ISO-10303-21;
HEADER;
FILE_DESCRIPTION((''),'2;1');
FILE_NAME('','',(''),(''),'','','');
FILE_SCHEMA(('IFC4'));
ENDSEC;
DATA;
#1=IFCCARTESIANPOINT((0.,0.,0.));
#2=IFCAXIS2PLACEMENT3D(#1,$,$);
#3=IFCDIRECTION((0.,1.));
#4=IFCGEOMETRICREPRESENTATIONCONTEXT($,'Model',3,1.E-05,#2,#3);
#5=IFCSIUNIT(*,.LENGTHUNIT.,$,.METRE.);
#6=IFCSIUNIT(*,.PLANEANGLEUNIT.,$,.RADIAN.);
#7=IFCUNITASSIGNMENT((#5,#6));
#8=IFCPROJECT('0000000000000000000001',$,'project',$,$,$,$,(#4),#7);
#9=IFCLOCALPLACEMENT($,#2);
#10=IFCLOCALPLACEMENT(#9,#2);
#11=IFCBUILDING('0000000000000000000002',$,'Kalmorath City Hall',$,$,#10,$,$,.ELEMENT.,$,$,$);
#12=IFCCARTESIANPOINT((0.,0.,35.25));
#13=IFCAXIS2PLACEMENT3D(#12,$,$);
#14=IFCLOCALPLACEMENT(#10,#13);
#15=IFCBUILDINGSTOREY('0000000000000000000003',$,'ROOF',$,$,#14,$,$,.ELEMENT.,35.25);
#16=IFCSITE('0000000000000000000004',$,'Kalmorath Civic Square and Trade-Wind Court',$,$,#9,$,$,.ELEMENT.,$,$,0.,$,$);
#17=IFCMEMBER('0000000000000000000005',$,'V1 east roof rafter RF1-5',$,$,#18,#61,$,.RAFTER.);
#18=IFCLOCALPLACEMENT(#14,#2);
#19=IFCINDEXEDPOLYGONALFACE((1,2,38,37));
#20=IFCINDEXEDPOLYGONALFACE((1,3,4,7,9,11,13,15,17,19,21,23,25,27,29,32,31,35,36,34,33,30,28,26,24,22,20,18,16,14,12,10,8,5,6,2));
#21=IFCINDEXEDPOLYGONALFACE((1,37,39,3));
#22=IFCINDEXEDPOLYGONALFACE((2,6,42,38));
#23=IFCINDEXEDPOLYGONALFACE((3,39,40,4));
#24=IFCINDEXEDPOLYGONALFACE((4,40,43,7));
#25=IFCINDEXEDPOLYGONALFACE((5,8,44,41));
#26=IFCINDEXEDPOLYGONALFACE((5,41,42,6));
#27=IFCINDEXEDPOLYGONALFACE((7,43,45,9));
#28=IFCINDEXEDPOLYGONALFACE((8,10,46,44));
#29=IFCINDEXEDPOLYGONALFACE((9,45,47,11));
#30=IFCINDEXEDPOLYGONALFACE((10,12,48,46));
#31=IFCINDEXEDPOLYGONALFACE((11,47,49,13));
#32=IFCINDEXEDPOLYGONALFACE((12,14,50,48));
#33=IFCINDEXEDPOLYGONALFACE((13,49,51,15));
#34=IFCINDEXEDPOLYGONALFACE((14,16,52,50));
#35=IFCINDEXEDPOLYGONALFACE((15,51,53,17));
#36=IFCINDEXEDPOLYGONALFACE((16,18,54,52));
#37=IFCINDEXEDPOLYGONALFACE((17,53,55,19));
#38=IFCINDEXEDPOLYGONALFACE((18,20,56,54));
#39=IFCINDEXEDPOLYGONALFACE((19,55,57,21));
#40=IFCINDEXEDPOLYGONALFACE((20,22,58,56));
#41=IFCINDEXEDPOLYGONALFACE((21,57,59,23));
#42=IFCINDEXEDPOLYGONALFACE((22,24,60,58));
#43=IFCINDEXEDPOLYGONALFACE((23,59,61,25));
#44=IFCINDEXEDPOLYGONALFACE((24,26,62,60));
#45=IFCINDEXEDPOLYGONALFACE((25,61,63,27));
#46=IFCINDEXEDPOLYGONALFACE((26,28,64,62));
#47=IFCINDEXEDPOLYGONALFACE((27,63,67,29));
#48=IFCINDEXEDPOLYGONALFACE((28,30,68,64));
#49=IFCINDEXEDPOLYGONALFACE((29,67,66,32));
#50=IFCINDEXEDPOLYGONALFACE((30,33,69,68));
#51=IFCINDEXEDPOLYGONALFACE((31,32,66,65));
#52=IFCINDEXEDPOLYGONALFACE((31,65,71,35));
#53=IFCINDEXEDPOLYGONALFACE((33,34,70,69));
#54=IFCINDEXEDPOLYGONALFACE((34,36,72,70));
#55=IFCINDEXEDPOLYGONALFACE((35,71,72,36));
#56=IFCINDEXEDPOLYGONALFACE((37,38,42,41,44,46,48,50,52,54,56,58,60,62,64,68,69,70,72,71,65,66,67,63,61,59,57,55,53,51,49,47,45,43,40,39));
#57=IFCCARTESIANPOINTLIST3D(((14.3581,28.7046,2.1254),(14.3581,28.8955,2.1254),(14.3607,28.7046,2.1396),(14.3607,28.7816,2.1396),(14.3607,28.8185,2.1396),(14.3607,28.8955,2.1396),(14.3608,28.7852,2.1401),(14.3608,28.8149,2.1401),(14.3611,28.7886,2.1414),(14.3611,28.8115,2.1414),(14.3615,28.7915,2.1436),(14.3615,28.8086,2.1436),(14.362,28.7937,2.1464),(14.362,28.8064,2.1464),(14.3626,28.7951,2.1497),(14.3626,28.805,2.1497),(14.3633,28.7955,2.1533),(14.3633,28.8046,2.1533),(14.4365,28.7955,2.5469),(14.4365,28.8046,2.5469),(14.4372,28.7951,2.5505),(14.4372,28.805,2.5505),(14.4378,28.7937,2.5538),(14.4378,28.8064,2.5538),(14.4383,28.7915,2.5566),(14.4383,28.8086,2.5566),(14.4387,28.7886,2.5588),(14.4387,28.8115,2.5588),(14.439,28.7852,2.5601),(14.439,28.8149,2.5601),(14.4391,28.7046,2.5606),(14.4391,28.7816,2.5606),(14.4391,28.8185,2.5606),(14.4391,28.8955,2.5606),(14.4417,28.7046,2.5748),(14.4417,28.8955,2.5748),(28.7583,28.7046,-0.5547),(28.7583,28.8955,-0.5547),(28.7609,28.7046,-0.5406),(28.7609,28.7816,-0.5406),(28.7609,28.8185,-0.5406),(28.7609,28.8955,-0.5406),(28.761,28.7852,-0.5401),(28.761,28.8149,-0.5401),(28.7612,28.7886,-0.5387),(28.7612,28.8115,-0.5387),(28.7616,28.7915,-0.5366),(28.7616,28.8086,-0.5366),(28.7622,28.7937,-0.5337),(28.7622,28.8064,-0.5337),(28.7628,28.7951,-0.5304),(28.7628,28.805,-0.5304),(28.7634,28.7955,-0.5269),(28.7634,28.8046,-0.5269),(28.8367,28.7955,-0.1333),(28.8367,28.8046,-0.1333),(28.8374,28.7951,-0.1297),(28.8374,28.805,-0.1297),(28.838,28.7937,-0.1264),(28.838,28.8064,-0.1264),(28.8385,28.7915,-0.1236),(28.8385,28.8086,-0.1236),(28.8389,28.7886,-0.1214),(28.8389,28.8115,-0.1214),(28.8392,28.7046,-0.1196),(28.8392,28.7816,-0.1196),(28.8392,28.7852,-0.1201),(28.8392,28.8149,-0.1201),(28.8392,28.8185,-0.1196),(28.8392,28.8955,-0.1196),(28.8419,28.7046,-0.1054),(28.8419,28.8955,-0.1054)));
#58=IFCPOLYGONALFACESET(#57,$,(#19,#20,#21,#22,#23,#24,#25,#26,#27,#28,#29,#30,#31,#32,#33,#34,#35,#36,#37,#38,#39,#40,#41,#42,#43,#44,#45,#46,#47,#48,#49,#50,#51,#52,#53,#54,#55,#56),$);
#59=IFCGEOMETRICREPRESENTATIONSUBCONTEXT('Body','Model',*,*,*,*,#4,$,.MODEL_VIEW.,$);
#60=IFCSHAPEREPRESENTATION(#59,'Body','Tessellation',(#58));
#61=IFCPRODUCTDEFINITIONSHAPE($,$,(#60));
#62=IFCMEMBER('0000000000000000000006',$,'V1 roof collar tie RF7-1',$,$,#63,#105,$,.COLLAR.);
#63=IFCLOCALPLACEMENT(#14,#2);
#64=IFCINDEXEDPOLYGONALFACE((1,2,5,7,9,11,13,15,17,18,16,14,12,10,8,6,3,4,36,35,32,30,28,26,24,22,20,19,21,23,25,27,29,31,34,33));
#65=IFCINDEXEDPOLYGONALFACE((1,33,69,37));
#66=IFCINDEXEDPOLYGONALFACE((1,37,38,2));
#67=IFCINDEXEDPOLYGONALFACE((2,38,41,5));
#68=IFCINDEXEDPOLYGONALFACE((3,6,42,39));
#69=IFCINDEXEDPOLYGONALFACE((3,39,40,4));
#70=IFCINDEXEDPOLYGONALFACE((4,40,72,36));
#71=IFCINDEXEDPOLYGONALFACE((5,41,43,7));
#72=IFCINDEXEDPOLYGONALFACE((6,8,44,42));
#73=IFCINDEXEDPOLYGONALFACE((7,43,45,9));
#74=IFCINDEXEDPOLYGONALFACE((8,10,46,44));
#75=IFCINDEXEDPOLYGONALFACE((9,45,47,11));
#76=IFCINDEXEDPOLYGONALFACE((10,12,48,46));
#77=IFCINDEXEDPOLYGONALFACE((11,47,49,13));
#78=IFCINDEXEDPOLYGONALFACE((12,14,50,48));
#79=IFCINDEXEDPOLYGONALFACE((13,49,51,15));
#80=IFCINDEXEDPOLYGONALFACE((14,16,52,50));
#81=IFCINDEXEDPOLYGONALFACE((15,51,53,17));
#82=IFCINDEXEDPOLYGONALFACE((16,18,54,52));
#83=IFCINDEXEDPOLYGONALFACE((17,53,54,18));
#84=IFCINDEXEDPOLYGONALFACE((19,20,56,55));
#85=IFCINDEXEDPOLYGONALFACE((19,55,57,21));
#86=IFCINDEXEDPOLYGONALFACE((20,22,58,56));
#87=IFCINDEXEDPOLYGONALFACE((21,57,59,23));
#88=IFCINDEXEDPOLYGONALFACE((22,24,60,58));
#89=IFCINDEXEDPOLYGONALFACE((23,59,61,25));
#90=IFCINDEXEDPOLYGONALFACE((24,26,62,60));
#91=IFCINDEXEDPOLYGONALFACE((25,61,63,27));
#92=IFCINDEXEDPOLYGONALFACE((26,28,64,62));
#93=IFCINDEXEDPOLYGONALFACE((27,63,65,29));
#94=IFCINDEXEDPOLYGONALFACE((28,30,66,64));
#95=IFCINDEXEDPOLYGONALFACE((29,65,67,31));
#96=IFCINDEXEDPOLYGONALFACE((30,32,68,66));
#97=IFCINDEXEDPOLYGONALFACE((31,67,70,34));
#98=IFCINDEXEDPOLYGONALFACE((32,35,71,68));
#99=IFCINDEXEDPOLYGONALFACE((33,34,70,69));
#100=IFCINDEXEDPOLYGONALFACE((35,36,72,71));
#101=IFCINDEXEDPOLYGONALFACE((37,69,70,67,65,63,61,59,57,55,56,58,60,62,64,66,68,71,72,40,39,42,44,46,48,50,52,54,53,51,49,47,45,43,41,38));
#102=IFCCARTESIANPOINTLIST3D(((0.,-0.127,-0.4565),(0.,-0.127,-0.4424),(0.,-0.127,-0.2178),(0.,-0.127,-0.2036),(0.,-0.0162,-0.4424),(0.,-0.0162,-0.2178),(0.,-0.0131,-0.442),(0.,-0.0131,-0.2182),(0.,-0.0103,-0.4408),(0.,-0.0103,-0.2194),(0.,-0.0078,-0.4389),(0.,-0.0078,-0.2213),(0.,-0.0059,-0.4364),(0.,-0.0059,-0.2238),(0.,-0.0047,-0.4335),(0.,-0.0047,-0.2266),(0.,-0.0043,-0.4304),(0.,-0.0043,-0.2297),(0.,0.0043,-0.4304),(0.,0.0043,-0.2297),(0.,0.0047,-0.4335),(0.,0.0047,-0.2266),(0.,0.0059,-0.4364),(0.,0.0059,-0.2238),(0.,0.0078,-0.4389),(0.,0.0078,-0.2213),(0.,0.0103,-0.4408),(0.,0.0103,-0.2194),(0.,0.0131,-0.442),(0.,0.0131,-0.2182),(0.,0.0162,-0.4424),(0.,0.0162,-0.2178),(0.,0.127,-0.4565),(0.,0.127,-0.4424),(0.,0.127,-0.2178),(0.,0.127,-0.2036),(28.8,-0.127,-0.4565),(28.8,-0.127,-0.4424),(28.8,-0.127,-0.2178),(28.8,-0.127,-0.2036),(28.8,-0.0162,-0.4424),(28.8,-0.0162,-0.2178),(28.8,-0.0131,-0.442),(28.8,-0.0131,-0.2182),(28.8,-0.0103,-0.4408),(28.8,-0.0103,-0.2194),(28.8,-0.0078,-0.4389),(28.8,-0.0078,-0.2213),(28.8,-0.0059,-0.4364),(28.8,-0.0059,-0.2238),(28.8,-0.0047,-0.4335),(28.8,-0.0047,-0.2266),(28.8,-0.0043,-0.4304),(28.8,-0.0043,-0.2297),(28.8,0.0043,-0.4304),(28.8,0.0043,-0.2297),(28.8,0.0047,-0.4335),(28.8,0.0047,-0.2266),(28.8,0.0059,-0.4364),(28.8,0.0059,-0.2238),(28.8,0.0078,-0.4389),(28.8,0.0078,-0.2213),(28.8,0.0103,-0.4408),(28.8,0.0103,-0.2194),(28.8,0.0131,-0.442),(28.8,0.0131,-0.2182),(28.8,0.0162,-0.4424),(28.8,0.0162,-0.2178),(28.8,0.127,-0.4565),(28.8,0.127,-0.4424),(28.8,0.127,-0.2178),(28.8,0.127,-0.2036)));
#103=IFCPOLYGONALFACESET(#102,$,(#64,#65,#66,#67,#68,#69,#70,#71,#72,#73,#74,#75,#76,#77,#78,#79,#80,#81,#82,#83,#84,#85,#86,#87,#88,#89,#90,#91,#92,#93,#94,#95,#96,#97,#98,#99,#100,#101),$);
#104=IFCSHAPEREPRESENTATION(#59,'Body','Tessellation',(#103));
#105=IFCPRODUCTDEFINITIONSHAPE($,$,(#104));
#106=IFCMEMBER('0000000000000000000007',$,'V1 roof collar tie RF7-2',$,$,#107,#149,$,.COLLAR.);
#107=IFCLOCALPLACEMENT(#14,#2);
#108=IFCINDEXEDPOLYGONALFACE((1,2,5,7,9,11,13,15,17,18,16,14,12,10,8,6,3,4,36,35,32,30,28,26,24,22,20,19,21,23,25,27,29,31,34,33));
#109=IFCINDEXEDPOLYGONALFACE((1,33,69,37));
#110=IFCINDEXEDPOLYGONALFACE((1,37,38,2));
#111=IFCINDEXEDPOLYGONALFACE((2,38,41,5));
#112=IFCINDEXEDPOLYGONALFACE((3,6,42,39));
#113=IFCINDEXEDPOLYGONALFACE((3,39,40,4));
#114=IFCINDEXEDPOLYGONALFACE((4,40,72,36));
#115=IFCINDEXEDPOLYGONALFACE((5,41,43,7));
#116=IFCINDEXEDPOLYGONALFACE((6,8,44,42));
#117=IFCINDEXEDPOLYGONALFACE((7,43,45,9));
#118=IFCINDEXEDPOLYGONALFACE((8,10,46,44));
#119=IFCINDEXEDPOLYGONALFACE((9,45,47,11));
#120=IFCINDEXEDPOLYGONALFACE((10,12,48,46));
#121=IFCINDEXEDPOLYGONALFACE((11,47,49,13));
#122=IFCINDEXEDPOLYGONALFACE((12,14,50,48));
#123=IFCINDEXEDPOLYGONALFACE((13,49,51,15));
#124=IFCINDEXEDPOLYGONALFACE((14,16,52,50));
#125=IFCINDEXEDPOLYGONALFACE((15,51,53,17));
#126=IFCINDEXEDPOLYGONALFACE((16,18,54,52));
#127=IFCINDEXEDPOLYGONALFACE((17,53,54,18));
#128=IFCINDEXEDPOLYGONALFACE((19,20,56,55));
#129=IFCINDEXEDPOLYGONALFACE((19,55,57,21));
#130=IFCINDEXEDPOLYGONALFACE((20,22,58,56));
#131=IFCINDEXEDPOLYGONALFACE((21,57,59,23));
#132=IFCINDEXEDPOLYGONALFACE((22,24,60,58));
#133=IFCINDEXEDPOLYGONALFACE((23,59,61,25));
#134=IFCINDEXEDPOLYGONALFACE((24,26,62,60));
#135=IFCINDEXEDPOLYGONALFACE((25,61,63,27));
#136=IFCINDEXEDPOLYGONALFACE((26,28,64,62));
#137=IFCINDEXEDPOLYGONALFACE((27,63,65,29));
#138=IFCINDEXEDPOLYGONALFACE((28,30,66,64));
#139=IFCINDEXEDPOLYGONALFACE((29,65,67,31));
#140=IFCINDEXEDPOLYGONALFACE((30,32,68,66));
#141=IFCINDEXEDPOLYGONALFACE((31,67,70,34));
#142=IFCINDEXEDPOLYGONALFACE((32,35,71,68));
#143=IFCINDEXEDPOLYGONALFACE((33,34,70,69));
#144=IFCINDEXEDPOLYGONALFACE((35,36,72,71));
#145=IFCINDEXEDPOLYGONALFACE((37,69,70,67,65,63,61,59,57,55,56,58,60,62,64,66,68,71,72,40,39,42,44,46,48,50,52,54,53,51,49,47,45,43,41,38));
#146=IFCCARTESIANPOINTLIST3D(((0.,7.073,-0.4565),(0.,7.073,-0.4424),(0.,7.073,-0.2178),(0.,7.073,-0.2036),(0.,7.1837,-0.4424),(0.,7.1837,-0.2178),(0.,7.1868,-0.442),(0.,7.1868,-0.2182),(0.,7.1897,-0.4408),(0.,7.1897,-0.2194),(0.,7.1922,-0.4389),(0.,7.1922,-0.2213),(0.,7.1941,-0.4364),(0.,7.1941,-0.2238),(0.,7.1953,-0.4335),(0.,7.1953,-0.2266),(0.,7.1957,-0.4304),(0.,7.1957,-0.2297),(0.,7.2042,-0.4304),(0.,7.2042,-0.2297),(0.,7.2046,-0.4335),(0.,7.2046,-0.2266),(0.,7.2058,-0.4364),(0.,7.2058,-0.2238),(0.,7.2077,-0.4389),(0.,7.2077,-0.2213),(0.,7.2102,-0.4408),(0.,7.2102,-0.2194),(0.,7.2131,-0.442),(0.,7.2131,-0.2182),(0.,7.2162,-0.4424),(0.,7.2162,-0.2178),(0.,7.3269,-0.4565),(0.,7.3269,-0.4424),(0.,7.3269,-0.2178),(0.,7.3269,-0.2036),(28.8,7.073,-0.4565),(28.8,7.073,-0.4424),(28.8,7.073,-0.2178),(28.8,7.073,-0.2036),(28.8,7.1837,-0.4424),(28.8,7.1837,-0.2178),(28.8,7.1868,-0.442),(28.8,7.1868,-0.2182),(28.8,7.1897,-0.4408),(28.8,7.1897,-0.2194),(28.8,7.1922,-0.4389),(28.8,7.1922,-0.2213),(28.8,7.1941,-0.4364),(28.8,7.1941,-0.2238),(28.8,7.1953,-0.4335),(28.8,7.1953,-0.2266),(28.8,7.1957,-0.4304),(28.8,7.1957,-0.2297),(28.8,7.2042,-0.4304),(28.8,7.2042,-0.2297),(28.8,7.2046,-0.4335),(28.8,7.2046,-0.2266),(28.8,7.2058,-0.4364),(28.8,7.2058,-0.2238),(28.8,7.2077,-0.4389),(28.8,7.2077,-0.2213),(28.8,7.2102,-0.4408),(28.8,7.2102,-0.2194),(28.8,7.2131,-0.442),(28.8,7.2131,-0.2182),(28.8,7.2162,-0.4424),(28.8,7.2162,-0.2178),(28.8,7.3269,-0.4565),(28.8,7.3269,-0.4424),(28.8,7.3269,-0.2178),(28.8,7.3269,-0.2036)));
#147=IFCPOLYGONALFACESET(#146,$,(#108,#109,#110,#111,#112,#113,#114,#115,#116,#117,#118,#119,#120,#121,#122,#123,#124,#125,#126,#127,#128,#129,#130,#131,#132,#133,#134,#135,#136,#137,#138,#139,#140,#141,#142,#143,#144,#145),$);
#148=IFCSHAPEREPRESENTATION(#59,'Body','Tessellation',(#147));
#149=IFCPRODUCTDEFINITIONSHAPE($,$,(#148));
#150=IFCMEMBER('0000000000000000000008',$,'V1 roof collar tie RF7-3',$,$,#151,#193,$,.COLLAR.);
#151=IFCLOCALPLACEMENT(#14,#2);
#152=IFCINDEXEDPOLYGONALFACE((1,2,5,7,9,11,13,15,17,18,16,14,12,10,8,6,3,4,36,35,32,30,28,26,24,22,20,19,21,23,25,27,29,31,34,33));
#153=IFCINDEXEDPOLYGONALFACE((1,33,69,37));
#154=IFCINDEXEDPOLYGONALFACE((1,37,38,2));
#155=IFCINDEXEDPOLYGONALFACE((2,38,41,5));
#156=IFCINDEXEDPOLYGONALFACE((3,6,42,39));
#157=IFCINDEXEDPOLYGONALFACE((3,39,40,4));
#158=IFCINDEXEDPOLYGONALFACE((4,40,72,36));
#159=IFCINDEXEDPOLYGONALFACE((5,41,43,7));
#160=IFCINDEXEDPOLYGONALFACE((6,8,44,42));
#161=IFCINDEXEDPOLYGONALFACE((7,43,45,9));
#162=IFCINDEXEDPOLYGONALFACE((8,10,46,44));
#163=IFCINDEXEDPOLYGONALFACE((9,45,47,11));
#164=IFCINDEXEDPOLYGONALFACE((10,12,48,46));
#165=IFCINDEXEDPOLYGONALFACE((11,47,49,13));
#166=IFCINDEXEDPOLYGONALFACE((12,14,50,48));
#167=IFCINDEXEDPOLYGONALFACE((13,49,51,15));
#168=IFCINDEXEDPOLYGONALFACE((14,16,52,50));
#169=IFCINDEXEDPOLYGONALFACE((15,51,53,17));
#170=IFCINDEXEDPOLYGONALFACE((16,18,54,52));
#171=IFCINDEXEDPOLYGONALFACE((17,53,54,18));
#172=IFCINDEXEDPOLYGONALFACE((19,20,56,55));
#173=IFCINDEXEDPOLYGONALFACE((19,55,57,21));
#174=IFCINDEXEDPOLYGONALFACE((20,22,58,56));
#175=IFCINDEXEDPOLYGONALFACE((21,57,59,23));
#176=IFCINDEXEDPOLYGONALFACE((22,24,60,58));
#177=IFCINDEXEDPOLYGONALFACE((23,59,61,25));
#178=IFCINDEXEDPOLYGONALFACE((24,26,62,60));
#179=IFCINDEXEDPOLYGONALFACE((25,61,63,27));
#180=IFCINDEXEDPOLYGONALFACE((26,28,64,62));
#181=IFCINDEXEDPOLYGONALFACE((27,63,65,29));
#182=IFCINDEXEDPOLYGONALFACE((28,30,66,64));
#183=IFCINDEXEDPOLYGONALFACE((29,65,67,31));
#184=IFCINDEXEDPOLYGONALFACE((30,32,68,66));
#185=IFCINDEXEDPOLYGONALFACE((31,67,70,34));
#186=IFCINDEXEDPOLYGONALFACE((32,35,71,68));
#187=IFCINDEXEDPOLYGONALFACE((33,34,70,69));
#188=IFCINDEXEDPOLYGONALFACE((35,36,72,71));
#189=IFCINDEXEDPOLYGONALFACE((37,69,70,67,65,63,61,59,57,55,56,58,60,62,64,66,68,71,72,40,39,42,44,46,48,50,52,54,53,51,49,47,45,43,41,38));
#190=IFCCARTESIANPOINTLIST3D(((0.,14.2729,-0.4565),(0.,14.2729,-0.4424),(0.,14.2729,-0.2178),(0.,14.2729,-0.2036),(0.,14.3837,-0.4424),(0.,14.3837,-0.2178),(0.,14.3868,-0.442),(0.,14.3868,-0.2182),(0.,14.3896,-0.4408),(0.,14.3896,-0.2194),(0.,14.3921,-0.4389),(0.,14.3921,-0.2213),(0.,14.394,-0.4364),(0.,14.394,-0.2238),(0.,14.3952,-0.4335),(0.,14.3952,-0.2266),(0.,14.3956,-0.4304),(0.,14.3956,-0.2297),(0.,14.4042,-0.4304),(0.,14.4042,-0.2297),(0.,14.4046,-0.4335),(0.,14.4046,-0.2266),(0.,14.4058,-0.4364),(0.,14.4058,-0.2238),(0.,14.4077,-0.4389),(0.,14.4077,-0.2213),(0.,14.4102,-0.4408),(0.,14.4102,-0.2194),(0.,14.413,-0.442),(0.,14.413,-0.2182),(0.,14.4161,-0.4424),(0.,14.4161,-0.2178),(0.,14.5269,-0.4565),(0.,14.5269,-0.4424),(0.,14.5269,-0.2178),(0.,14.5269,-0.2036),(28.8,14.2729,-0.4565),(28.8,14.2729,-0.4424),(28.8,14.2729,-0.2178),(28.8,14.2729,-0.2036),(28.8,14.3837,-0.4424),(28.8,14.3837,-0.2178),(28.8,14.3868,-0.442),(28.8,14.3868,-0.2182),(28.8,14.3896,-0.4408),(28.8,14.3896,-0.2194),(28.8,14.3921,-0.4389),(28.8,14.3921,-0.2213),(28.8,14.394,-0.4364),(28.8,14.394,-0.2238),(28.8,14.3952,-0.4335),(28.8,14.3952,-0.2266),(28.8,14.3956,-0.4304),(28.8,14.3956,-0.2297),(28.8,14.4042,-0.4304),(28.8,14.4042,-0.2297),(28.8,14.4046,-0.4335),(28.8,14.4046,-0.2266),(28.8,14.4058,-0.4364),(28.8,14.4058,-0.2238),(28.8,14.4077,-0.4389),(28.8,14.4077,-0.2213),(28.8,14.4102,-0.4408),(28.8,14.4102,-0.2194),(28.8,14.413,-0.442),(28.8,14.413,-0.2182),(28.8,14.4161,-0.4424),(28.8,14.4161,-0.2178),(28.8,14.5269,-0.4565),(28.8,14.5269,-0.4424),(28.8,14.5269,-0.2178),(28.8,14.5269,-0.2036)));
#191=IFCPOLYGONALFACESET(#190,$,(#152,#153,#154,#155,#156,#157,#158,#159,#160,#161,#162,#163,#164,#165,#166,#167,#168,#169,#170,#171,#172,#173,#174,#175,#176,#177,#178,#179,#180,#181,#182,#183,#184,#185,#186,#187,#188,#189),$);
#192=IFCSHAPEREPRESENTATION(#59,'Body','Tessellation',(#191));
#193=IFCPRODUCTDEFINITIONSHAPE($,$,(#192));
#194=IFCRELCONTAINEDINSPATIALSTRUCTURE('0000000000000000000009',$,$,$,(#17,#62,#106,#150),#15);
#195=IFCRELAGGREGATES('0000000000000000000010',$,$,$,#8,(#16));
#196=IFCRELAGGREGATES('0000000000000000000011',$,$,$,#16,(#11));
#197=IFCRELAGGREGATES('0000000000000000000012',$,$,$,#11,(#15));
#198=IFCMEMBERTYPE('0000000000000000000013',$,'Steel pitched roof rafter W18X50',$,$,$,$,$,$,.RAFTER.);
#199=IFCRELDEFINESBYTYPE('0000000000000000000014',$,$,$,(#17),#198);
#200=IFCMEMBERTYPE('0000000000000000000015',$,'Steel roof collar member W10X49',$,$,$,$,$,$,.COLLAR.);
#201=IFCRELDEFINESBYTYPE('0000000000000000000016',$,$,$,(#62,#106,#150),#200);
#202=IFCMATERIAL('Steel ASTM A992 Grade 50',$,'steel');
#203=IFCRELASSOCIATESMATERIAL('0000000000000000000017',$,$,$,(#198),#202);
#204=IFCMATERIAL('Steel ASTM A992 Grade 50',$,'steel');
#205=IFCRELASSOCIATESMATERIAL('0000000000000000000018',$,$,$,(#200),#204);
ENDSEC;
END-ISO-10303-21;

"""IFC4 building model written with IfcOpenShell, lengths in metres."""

from ifc_helpers import new_model, si_unit, direction, frame, origin, origin_2d, place, context, subcontext, project, spatial, i_section, extrude, material, material_profile, profile_set, type_object, element, save


model = new_model("IFC4")

# Units and contexts
model_context = context("Model", 3, precision=1e-05, world=origin(), true_north=direction((0.0, 1.0)))
body_context = subcontext(model_context, "Body", "Model", "MODEL_VIEW")
ifc_project = project(units=[si_unit("LENGTHUNIT", "METRE"), si_unit("PLANEANGLEUNIT", "RADIAN")], contexts=[model_context])

# Site, building, storey
site_placement = place(None, origin())
site = spatial("IfcSite", under=ifc_project, at=site_placement, Name="Kalmorath Civic Square and Trade-Wind Court", CompositionType="ELEMENT", RefElevation=0.0)
building_placement = place(site_placement, origin())
building = spatial("IfcBuilding", under=site, at=building_placement, Name="Kalmorath City Hall", CompositionType="ELEMENT")
storey_placement = place(building_placement, frame((0.0, 0.0, 35.25)))
storey = spatial("IfcBuildingStorey", under=building, at=storey_placement, Name="ROOF", CompositionType="ELEMENT", Elevation=35.25)

# Members
ifc_material_1 = material(Name="Steel ASTM A992 Grade 50", Category="steel")
ifc_material_profile_1 = material_profile(ifc_material_1, i_section(OverallWidth=0.1909, OverallDepth=0.457, WebThickness=0.009, FlangeThickness=0.0144, FilletRadius=0.0139, at=origin_2d()), Name="W18X50")
ifc_profile_set_1 = profile_set([ifc_material_profile_1], Name="Steel ASTM A992 Grade 50")
member_type_1 = type_object("IfcMemberType", Name="Steel pitched roof rafter W18X50", PredefinedType="RAFTER", material=ifc_profile_set_1)
member_1_placement = place(storey_placement, frame((14.3999, 28.8, 2.3501), z_axis=(0.983117, 0.0, -0.182979), x_axis=(0.0, 1.0, 0.0)))
element("IfcMember", 1, at=member_1_placement, inside=storey, type_object=member_type_1, Name="V1 east roof rafter RF1-5", PredefinedType="RAFTER", context=body_context, shape_type="SweptSolid", body=[
    extrude(i_section(OverallWidth=0.1909, OverallDepth=0.457, WebThickness=0.009, FlangeThickness=0.0144, FilletRadius=0.0139, at=origin_2d()), origin(), (0.0, 0.0, 1.0), 14.6475),
])
ifc_material_2 = material(Name="Steel ASTM A992 Grade 50", Category="steel")
ifc_material_profile_2 = material_profile(ifc_material_2, i_section(OverallWidth=0.2539, OverallDepth=0.2529, WebThickness=0.0085, FlangeThickness=0.0142, FilletRadius=0.012, at=origin_2d()), Name="W10X49")
ifc_profile_set_2 = profile_set([ifc_material_profile_2], Name="Steel ASTM A992 Grade 50")
member_type_2 = type_object("IfcMemberType", Name="Steel roof collar member W10X49", PredefinedType="COLLAR", material=ifc_profile_set_2)
for number, where, z_axis, x_axis, name in (
    (2, (0.0, 0.0, -0.3301), (1.0, 0.0, 0.0), (0.0, 1.0, 0.0), "V1 roof collar tie RF7-1"),
    (3, (0.0, 7.2, -0.3301), (1.0, 0.0, 0.0), (0.0, 1.0, 0.0), "V1 roof collar tie RF7-2"),
    (4, (0.0, 14.3999, -0.3301), (1.0, 0.0, 0.0), (0.0, 1.0, 0.0), "V1 roof collar tie RF7-3"),
):
    element("IfcMember", number, at=place(storey_placement, frame(where, z_axis=z_axis, x_axis=x_axis)), inside=storey, type_object=member_type_2, Name=name, PredefinedType="COLLAR", context=body_context, shape_type="SweptSolid", body=[
        extrude(i_section(OverallWidth=0.2539, OverallDepth=0.2529, WebThickness=0.0085, FlangeThickness=0.0142, FilletRadius=0.012, at=origin_2d()), origin(), (0.0, 0.0, 1.0), 28.8),
    ])

save(model, "model.ifc")
